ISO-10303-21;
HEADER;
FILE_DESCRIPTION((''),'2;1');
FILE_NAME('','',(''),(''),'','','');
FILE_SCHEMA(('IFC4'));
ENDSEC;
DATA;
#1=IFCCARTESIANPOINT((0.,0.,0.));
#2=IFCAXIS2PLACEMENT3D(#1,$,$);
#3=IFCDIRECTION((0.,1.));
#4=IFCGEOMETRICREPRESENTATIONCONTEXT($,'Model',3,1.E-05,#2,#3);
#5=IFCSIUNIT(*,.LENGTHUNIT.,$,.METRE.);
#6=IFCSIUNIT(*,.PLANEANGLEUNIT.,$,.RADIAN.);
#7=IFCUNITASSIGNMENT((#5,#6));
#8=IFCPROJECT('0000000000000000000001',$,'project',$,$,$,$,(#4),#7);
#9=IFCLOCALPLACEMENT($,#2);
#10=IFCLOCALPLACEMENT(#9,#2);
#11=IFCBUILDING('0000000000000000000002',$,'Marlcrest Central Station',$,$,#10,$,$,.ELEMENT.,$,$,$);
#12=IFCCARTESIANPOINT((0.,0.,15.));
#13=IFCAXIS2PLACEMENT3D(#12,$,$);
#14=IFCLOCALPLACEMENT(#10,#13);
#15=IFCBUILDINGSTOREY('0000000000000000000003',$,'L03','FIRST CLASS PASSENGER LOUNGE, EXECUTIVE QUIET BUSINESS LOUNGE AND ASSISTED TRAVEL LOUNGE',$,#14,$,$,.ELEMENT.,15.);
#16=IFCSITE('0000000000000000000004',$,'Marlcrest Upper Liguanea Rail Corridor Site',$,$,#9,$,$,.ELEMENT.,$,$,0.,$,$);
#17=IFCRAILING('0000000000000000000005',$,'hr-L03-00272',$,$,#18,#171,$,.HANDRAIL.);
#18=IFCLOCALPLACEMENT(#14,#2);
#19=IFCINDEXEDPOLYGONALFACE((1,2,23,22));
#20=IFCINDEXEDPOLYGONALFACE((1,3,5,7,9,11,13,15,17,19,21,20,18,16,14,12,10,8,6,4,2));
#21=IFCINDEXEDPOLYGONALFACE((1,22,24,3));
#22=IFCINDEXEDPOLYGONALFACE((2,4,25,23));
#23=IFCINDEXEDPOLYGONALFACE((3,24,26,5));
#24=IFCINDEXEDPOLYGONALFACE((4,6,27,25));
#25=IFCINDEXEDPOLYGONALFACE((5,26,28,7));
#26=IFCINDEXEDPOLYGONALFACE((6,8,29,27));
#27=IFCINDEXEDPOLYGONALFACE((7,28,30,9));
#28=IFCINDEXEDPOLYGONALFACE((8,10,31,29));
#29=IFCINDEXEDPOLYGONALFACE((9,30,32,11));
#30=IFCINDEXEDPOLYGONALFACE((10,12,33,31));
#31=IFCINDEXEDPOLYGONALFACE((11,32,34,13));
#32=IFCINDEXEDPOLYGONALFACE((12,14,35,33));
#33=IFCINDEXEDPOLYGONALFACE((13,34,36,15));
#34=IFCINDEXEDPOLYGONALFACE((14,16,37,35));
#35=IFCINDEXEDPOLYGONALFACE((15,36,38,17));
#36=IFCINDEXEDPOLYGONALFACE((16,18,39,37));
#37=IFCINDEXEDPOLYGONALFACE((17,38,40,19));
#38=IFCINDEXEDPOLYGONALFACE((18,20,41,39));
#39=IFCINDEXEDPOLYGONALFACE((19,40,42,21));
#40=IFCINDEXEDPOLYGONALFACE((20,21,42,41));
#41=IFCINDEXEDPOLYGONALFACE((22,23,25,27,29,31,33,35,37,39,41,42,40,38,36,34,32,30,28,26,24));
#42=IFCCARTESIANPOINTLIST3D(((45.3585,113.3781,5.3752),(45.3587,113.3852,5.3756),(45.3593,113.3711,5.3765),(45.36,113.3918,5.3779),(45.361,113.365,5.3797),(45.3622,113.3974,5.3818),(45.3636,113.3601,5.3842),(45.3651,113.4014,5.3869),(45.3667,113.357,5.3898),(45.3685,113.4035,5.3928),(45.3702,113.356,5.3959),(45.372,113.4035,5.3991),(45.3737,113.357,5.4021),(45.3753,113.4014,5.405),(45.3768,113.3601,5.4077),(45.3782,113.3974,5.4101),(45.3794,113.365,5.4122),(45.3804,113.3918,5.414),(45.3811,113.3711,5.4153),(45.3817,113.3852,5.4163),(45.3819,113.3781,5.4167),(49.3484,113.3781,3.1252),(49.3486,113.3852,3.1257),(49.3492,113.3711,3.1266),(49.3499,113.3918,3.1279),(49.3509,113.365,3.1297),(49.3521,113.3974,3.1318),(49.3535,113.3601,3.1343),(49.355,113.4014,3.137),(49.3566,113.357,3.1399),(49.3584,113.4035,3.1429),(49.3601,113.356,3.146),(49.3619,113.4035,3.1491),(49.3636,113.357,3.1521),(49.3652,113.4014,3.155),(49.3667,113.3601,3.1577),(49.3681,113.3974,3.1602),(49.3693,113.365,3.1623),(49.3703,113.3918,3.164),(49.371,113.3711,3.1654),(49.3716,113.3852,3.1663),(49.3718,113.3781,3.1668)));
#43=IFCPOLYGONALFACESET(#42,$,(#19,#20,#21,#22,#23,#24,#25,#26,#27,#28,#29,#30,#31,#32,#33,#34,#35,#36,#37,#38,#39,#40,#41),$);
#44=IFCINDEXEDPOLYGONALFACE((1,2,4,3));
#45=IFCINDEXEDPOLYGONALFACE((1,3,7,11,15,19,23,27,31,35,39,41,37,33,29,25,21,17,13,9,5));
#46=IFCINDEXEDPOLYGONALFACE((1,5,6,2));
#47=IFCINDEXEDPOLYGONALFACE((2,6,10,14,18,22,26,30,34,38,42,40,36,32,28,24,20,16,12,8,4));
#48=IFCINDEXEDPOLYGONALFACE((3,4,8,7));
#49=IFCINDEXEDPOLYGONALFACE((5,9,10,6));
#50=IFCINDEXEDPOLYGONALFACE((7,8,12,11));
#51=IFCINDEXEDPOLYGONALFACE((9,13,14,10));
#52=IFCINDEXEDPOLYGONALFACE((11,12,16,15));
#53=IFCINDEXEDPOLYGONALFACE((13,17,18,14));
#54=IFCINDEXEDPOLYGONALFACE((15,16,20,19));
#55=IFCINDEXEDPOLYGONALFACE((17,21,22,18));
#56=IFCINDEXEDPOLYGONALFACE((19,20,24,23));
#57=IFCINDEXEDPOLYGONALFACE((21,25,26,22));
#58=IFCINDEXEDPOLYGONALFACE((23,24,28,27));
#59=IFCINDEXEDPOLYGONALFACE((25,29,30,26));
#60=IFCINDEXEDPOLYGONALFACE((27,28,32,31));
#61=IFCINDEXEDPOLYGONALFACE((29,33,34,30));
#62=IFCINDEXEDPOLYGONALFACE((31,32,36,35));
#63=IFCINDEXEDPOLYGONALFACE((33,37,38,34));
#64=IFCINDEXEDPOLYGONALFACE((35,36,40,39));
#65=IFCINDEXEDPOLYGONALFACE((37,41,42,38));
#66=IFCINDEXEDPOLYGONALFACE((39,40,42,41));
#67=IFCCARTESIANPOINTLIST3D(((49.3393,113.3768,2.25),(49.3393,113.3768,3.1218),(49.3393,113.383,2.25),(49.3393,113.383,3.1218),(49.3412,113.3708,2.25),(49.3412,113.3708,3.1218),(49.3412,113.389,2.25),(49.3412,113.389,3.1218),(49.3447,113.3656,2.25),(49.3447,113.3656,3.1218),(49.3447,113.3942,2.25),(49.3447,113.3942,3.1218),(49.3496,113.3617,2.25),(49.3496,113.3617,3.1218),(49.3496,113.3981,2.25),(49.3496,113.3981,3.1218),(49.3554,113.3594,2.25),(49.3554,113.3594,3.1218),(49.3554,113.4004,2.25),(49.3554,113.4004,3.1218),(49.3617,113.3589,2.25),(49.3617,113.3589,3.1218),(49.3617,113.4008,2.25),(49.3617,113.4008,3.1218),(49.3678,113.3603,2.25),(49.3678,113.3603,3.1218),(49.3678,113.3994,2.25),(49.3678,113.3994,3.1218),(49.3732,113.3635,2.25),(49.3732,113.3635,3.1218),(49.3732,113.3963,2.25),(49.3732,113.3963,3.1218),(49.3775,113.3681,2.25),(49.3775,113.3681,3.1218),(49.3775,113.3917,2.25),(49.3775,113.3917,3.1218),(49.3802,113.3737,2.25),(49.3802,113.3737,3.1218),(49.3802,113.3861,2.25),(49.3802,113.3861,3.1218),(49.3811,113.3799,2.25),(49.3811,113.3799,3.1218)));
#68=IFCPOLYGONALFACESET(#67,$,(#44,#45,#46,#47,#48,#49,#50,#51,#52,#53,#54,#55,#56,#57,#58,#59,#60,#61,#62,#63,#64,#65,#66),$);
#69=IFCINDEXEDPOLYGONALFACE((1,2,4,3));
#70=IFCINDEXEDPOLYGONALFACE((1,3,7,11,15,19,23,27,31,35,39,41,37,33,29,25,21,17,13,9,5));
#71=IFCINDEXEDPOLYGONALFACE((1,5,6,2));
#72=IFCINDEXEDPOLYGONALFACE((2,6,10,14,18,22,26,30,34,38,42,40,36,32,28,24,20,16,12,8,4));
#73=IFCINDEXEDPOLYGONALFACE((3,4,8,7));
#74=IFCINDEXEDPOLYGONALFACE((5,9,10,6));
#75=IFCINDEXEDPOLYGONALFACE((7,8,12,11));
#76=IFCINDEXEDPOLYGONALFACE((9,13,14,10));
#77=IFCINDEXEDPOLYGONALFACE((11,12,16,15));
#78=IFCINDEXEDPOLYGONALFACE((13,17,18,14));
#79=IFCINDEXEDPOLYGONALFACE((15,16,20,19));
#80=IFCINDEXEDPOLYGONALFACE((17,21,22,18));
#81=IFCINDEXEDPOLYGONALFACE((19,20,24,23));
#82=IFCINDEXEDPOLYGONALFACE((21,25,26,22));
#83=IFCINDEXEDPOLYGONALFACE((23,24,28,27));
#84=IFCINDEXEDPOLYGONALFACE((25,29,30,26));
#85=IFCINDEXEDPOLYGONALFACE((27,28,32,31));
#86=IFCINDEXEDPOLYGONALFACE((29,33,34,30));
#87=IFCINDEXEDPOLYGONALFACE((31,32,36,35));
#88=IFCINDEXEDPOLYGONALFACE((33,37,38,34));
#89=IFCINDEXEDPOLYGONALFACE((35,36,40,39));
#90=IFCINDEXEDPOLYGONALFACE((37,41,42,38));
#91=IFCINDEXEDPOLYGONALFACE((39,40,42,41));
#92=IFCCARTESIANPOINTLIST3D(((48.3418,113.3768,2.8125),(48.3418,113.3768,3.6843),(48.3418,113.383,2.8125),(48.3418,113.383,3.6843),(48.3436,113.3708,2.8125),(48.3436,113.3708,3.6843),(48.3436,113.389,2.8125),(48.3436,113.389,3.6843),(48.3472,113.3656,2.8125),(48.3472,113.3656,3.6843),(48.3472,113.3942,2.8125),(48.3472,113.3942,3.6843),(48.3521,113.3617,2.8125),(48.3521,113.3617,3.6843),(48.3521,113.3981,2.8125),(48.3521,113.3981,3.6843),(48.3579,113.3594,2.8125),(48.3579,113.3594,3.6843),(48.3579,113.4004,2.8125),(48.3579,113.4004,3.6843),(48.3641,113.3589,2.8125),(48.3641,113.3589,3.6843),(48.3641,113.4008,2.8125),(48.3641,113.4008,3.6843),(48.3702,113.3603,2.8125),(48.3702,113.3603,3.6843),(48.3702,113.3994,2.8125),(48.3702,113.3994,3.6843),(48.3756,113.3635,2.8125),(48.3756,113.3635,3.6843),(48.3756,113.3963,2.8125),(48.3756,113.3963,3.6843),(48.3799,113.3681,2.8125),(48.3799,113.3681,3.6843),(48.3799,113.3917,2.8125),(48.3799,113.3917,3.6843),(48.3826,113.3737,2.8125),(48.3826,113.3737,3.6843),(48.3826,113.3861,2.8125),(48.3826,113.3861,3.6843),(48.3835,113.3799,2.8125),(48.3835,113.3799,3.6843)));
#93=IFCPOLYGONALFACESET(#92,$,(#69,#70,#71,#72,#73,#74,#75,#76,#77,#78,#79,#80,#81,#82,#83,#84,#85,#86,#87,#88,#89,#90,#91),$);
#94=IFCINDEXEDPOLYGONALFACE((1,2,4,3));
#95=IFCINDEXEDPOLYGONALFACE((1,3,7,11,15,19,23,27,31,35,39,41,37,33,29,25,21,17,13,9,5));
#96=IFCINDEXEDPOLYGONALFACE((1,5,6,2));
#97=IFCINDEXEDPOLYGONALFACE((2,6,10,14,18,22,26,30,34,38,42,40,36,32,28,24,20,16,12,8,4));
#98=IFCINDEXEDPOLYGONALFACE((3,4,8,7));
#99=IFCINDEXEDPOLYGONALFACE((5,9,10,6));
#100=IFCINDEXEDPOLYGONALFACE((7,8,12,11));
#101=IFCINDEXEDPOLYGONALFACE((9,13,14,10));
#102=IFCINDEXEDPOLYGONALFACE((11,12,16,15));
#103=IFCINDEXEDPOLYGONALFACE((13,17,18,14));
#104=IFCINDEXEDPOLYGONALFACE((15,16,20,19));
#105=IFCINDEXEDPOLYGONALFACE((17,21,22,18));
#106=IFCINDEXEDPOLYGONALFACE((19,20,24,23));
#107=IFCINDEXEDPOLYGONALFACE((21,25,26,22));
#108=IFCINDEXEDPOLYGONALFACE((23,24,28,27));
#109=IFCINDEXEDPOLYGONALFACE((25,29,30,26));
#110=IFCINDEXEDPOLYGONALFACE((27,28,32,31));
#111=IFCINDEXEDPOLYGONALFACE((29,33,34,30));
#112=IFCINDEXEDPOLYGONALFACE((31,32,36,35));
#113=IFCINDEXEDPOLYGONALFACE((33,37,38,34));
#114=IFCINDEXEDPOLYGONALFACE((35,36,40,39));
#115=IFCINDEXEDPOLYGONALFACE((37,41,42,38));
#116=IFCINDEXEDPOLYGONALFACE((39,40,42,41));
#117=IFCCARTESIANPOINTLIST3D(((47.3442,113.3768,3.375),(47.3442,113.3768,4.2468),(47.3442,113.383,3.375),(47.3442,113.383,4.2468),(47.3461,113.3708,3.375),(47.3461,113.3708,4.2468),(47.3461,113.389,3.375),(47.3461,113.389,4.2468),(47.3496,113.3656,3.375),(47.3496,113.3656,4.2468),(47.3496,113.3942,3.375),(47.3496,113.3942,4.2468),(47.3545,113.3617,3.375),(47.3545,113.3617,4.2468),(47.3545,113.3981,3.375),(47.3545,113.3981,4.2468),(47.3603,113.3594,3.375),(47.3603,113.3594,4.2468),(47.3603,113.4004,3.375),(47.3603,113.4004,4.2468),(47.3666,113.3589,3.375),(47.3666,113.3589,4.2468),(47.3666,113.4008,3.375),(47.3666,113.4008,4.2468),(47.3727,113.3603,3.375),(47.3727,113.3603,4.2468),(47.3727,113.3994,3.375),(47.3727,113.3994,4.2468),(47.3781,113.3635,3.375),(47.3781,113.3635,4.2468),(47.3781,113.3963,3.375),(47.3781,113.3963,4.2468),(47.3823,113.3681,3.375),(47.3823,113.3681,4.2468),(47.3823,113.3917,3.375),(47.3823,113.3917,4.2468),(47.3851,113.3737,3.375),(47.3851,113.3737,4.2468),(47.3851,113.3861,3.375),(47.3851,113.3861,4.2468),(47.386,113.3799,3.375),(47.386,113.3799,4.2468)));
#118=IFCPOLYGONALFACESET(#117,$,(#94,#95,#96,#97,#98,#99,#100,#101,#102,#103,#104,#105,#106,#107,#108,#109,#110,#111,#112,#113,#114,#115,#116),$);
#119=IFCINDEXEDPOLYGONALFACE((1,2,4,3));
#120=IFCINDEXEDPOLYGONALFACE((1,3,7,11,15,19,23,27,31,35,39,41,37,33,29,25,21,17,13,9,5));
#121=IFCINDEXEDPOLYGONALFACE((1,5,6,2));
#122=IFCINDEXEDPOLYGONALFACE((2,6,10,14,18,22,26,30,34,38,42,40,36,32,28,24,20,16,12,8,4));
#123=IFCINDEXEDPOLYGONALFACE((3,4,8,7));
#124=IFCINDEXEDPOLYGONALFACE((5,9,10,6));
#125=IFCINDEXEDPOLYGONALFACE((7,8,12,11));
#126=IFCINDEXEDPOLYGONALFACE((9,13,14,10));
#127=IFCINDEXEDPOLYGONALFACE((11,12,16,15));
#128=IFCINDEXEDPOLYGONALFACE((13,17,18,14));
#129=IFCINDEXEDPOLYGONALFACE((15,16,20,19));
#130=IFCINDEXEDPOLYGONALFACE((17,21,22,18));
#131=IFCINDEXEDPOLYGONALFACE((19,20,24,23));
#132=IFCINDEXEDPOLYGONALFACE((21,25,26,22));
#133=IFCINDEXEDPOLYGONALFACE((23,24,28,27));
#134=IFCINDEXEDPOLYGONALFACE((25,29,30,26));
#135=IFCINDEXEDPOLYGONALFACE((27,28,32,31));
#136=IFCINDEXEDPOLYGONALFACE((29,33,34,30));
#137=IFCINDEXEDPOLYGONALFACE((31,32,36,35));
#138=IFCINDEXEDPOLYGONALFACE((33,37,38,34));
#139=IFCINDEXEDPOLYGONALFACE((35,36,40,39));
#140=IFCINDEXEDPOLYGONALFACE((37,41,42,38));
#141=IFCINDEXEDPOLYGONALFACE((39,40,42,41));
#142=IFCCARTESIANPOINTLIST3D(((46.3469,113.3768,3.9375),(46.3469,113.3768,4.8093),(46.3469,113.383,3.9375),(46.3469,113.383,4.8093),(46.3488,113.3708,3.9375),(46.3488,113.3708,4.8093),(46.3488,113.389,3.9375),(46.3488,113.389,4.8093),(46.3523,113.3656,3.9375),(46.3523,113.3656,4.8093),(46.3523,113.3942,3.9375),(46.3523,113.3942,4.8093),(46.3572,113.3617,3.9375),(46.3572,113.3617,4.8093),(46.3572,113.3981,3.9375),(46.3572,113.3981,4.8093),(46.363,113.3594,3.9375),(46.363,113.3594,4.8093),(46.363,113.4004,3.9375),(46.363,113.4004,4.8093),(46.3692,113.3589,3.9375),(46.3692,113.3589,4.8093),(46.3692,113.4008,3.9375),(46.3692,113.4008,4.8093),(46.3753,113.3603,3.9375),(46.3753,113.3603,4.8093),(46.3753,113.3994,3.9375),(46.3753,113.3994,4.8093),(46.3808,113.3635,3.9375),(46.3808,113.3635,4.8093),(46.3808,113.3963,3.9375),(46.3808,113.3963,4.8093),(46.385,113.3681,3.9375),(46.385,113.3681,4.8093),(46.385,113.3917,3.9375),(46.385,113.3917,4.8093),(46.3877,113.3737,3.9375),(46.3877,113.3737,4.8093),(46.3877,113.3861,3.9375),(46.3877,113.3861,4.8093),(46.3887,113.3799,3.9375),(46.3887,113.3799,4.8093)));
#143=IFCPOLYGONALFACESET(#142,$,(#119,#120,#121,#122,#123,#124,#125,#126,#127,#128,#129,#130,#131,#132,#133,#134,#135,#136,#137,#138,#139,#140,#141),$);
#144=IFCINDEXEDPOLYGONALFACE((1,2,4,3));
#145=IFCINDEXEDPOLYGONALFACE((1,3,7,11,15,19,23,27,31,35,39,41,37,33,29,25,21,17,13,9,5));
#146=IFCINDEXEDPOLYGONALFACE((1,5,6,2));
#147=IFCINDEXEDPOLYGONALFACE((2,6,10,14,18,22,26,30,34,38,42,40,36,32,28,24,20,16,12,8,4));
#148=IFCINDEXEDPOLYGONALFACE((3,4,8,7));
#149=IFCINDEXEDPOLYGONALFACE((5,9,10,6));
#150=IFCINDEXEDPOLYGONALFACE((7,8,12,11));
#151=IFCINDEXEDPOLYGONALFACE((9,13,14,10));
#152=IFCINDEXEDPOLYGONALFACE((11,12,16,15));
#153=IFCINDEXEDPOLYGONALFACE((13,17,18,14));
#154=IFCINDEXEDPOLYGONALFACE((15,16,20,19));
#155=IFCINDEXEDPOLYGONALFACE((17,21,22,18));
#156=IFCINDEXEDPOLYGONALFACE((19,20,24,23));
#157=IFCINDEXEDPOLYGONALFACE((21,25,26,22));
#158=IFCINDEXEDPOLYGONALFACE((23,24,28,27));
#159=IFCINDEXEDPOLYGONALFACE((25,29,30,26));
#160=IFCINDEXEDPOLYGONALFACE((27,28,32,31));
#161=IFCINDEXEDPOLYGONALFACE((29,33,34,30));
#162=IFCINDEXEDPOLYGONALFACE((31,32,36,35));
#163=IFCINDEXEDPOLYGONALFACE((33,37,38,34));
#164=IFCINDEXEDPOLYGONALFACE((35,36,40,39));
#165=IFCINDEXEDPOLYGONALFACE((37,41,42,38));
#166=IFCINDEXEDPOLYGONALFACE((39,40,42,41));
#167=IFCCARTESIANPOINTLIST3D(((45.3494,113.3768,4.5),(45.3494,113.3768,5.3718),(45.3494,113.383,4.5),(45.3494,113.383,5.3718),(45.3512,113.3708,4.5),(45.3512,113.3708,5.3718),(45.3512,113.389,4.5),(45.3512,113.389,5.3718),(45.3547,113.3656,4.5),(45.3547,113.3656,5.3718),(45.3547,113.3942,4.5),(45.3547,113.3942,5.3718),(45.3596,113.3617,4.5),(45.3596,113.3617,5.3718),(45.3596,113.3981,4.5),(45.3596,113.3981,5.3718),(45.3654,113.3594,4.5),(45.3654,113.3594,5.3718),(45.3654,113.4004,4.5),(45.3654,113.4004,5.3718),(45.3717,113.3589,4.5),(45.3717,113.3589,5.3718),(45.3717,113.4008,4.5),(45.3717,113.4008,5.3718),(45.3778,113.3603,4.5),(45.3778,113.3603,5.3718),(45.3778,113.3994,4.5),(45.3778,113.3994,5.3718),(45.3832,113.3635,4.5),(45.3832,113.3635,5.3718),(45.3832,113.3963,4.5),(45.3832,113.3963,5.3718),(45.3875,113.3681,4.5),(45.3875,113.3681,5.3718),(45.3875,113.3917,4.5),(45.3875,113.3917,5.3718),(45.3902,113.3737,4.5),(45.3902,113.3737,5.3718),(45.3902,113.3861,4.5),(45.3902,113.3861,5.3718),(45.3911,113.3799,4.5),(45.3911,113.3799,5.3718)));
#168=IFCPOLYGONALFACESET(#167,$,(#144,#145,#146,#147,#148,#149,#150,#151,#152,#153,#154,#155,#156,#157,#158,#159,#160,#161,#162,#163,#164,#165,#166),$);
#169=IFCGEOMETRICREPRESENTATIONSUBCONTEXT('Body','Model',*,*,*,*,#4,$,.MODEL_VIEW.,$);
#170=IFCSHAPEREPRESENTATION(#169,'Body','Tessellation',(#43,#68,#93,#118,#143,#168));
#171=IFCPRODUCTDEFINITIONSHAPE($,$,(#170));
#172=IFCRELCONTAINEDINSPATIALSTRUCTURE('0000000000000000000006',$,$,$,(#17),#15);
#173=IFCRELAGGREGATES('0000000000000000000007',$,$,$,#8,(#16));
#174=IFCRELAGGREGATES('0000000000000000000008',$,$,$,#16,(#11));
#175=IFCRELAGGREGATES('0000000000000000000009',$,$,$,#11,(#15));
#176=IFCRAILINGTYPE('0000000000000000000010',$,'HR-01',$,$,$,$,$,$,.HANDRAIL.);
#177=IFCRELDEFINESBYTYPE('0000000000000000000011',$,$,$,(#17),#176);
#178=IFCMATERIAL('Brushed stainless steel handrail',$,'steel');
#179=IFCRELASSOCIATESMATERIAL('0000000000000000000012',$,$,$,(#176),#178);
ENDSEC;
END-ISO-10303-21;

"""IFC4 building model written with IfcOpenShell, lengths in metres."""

from ifc_helpers import new_model, si_unit, direction, frame, origin, origin_2d, place, context, subcontext, project, spatial, circle, extrude, material, type_object, element, save


model = new_model("IFC4")

# Units and contexts
model_context = context("Model", 3, precision=1e-05, world=origin(), true_north=direction((0.0, 1.0)))
body_context = subcontext(model_context, "Body", "Model", "MODEL_VIEW")
ifc_project = project(units=[si_unit("LENGTHUNIT", "METRE"), si_unit("PLANEANGLEUNIT", "RADIAN")], contexts=[model_context])

# Site, building, storey
site_placement = place(None, origin())
site = spatial("IfcSite", under=ifc_project, at=site_placement, Name="Marlcrest Upper Liguanea Rail Corridor Site", CompositionType="ELEMENT", RefElevation=0.0)
building_placement = place(site_placement, origin())
building = spatial("IfcBuilding", under=site, at=building_placement, Name="Marlcrest Central Station", CompositionType="ELEMENT")
storey_placement = place(building_placement, frame((0.0, 0.0, 15.0)))
storey = spatial("IfcBuildingStorey", under=building, at=storey_placement, Name="L03", Description="FIRST CLASS PASSENGER LOUNGE, EXECUTIVE QUIET BUSINESS LOUNGE AND ASSISTED TRAVEL LOUNGE", CompositionType="ELEMENT", Elevation=15.0)

# Railing
ifc_material_1 = material(Name="Brushed stainless steel handrail", Category="steel")
railing_type = type_object("IfcRailingType", Name="HR-01", PredefinedType="HANDRAIL", material=ifc_material_1)
for number, where, name in (
    (1, (49.3601, 113.3799, 2.25), "hr-L03-00272"),
):
    element("IfcRailing", number, at=place(storey_placement, frame(where)), inside=storey, type_object=railing_type, Name=name, PredefinedType="HANDRAIL", context=body_context, shape_type="SweptSolid", body=[
        extrude(circle(Radius=0.0239, at=origin_2d()), frame((0.0, 0.0, 0.896), z_axis=(-0.87105, 0.0, 0.491195), x_axis=(0.0, -1.0, 0.0)), (0.0, 0.0, 1.0), 4.5806),
        extrude(circle(Radius=0.021, at=origin_2d()), origin(), (0.0, 0.0, 1.0), 0.8718),
        extrude(circle(Radius=0.021, at=origin_2d()), frame((-0.9976, 0.0, 0.5625)), (0.0, 0.0, 1.0), 0.8718),
        extrude(circle(Radius=0.021, at=origin_2d()), frame((-1.9951, 0.0, 1.125)), (0.0, 0.0, 1.0), 0.8718),
        extrude(circle(Radius=0.021, at=origin_2d()), frame((-2.9924, 0.0, 1.6875)), (0.0, 0.0, 1.0), 0.8718),
        extrude(circle(Radius=0.021, at=origin_2d()), frame((-3.99, 0.0, 2.25)), (0.0, 0.0, 1.0), 0.8718),
    ])

save(model, "model.ifc")
